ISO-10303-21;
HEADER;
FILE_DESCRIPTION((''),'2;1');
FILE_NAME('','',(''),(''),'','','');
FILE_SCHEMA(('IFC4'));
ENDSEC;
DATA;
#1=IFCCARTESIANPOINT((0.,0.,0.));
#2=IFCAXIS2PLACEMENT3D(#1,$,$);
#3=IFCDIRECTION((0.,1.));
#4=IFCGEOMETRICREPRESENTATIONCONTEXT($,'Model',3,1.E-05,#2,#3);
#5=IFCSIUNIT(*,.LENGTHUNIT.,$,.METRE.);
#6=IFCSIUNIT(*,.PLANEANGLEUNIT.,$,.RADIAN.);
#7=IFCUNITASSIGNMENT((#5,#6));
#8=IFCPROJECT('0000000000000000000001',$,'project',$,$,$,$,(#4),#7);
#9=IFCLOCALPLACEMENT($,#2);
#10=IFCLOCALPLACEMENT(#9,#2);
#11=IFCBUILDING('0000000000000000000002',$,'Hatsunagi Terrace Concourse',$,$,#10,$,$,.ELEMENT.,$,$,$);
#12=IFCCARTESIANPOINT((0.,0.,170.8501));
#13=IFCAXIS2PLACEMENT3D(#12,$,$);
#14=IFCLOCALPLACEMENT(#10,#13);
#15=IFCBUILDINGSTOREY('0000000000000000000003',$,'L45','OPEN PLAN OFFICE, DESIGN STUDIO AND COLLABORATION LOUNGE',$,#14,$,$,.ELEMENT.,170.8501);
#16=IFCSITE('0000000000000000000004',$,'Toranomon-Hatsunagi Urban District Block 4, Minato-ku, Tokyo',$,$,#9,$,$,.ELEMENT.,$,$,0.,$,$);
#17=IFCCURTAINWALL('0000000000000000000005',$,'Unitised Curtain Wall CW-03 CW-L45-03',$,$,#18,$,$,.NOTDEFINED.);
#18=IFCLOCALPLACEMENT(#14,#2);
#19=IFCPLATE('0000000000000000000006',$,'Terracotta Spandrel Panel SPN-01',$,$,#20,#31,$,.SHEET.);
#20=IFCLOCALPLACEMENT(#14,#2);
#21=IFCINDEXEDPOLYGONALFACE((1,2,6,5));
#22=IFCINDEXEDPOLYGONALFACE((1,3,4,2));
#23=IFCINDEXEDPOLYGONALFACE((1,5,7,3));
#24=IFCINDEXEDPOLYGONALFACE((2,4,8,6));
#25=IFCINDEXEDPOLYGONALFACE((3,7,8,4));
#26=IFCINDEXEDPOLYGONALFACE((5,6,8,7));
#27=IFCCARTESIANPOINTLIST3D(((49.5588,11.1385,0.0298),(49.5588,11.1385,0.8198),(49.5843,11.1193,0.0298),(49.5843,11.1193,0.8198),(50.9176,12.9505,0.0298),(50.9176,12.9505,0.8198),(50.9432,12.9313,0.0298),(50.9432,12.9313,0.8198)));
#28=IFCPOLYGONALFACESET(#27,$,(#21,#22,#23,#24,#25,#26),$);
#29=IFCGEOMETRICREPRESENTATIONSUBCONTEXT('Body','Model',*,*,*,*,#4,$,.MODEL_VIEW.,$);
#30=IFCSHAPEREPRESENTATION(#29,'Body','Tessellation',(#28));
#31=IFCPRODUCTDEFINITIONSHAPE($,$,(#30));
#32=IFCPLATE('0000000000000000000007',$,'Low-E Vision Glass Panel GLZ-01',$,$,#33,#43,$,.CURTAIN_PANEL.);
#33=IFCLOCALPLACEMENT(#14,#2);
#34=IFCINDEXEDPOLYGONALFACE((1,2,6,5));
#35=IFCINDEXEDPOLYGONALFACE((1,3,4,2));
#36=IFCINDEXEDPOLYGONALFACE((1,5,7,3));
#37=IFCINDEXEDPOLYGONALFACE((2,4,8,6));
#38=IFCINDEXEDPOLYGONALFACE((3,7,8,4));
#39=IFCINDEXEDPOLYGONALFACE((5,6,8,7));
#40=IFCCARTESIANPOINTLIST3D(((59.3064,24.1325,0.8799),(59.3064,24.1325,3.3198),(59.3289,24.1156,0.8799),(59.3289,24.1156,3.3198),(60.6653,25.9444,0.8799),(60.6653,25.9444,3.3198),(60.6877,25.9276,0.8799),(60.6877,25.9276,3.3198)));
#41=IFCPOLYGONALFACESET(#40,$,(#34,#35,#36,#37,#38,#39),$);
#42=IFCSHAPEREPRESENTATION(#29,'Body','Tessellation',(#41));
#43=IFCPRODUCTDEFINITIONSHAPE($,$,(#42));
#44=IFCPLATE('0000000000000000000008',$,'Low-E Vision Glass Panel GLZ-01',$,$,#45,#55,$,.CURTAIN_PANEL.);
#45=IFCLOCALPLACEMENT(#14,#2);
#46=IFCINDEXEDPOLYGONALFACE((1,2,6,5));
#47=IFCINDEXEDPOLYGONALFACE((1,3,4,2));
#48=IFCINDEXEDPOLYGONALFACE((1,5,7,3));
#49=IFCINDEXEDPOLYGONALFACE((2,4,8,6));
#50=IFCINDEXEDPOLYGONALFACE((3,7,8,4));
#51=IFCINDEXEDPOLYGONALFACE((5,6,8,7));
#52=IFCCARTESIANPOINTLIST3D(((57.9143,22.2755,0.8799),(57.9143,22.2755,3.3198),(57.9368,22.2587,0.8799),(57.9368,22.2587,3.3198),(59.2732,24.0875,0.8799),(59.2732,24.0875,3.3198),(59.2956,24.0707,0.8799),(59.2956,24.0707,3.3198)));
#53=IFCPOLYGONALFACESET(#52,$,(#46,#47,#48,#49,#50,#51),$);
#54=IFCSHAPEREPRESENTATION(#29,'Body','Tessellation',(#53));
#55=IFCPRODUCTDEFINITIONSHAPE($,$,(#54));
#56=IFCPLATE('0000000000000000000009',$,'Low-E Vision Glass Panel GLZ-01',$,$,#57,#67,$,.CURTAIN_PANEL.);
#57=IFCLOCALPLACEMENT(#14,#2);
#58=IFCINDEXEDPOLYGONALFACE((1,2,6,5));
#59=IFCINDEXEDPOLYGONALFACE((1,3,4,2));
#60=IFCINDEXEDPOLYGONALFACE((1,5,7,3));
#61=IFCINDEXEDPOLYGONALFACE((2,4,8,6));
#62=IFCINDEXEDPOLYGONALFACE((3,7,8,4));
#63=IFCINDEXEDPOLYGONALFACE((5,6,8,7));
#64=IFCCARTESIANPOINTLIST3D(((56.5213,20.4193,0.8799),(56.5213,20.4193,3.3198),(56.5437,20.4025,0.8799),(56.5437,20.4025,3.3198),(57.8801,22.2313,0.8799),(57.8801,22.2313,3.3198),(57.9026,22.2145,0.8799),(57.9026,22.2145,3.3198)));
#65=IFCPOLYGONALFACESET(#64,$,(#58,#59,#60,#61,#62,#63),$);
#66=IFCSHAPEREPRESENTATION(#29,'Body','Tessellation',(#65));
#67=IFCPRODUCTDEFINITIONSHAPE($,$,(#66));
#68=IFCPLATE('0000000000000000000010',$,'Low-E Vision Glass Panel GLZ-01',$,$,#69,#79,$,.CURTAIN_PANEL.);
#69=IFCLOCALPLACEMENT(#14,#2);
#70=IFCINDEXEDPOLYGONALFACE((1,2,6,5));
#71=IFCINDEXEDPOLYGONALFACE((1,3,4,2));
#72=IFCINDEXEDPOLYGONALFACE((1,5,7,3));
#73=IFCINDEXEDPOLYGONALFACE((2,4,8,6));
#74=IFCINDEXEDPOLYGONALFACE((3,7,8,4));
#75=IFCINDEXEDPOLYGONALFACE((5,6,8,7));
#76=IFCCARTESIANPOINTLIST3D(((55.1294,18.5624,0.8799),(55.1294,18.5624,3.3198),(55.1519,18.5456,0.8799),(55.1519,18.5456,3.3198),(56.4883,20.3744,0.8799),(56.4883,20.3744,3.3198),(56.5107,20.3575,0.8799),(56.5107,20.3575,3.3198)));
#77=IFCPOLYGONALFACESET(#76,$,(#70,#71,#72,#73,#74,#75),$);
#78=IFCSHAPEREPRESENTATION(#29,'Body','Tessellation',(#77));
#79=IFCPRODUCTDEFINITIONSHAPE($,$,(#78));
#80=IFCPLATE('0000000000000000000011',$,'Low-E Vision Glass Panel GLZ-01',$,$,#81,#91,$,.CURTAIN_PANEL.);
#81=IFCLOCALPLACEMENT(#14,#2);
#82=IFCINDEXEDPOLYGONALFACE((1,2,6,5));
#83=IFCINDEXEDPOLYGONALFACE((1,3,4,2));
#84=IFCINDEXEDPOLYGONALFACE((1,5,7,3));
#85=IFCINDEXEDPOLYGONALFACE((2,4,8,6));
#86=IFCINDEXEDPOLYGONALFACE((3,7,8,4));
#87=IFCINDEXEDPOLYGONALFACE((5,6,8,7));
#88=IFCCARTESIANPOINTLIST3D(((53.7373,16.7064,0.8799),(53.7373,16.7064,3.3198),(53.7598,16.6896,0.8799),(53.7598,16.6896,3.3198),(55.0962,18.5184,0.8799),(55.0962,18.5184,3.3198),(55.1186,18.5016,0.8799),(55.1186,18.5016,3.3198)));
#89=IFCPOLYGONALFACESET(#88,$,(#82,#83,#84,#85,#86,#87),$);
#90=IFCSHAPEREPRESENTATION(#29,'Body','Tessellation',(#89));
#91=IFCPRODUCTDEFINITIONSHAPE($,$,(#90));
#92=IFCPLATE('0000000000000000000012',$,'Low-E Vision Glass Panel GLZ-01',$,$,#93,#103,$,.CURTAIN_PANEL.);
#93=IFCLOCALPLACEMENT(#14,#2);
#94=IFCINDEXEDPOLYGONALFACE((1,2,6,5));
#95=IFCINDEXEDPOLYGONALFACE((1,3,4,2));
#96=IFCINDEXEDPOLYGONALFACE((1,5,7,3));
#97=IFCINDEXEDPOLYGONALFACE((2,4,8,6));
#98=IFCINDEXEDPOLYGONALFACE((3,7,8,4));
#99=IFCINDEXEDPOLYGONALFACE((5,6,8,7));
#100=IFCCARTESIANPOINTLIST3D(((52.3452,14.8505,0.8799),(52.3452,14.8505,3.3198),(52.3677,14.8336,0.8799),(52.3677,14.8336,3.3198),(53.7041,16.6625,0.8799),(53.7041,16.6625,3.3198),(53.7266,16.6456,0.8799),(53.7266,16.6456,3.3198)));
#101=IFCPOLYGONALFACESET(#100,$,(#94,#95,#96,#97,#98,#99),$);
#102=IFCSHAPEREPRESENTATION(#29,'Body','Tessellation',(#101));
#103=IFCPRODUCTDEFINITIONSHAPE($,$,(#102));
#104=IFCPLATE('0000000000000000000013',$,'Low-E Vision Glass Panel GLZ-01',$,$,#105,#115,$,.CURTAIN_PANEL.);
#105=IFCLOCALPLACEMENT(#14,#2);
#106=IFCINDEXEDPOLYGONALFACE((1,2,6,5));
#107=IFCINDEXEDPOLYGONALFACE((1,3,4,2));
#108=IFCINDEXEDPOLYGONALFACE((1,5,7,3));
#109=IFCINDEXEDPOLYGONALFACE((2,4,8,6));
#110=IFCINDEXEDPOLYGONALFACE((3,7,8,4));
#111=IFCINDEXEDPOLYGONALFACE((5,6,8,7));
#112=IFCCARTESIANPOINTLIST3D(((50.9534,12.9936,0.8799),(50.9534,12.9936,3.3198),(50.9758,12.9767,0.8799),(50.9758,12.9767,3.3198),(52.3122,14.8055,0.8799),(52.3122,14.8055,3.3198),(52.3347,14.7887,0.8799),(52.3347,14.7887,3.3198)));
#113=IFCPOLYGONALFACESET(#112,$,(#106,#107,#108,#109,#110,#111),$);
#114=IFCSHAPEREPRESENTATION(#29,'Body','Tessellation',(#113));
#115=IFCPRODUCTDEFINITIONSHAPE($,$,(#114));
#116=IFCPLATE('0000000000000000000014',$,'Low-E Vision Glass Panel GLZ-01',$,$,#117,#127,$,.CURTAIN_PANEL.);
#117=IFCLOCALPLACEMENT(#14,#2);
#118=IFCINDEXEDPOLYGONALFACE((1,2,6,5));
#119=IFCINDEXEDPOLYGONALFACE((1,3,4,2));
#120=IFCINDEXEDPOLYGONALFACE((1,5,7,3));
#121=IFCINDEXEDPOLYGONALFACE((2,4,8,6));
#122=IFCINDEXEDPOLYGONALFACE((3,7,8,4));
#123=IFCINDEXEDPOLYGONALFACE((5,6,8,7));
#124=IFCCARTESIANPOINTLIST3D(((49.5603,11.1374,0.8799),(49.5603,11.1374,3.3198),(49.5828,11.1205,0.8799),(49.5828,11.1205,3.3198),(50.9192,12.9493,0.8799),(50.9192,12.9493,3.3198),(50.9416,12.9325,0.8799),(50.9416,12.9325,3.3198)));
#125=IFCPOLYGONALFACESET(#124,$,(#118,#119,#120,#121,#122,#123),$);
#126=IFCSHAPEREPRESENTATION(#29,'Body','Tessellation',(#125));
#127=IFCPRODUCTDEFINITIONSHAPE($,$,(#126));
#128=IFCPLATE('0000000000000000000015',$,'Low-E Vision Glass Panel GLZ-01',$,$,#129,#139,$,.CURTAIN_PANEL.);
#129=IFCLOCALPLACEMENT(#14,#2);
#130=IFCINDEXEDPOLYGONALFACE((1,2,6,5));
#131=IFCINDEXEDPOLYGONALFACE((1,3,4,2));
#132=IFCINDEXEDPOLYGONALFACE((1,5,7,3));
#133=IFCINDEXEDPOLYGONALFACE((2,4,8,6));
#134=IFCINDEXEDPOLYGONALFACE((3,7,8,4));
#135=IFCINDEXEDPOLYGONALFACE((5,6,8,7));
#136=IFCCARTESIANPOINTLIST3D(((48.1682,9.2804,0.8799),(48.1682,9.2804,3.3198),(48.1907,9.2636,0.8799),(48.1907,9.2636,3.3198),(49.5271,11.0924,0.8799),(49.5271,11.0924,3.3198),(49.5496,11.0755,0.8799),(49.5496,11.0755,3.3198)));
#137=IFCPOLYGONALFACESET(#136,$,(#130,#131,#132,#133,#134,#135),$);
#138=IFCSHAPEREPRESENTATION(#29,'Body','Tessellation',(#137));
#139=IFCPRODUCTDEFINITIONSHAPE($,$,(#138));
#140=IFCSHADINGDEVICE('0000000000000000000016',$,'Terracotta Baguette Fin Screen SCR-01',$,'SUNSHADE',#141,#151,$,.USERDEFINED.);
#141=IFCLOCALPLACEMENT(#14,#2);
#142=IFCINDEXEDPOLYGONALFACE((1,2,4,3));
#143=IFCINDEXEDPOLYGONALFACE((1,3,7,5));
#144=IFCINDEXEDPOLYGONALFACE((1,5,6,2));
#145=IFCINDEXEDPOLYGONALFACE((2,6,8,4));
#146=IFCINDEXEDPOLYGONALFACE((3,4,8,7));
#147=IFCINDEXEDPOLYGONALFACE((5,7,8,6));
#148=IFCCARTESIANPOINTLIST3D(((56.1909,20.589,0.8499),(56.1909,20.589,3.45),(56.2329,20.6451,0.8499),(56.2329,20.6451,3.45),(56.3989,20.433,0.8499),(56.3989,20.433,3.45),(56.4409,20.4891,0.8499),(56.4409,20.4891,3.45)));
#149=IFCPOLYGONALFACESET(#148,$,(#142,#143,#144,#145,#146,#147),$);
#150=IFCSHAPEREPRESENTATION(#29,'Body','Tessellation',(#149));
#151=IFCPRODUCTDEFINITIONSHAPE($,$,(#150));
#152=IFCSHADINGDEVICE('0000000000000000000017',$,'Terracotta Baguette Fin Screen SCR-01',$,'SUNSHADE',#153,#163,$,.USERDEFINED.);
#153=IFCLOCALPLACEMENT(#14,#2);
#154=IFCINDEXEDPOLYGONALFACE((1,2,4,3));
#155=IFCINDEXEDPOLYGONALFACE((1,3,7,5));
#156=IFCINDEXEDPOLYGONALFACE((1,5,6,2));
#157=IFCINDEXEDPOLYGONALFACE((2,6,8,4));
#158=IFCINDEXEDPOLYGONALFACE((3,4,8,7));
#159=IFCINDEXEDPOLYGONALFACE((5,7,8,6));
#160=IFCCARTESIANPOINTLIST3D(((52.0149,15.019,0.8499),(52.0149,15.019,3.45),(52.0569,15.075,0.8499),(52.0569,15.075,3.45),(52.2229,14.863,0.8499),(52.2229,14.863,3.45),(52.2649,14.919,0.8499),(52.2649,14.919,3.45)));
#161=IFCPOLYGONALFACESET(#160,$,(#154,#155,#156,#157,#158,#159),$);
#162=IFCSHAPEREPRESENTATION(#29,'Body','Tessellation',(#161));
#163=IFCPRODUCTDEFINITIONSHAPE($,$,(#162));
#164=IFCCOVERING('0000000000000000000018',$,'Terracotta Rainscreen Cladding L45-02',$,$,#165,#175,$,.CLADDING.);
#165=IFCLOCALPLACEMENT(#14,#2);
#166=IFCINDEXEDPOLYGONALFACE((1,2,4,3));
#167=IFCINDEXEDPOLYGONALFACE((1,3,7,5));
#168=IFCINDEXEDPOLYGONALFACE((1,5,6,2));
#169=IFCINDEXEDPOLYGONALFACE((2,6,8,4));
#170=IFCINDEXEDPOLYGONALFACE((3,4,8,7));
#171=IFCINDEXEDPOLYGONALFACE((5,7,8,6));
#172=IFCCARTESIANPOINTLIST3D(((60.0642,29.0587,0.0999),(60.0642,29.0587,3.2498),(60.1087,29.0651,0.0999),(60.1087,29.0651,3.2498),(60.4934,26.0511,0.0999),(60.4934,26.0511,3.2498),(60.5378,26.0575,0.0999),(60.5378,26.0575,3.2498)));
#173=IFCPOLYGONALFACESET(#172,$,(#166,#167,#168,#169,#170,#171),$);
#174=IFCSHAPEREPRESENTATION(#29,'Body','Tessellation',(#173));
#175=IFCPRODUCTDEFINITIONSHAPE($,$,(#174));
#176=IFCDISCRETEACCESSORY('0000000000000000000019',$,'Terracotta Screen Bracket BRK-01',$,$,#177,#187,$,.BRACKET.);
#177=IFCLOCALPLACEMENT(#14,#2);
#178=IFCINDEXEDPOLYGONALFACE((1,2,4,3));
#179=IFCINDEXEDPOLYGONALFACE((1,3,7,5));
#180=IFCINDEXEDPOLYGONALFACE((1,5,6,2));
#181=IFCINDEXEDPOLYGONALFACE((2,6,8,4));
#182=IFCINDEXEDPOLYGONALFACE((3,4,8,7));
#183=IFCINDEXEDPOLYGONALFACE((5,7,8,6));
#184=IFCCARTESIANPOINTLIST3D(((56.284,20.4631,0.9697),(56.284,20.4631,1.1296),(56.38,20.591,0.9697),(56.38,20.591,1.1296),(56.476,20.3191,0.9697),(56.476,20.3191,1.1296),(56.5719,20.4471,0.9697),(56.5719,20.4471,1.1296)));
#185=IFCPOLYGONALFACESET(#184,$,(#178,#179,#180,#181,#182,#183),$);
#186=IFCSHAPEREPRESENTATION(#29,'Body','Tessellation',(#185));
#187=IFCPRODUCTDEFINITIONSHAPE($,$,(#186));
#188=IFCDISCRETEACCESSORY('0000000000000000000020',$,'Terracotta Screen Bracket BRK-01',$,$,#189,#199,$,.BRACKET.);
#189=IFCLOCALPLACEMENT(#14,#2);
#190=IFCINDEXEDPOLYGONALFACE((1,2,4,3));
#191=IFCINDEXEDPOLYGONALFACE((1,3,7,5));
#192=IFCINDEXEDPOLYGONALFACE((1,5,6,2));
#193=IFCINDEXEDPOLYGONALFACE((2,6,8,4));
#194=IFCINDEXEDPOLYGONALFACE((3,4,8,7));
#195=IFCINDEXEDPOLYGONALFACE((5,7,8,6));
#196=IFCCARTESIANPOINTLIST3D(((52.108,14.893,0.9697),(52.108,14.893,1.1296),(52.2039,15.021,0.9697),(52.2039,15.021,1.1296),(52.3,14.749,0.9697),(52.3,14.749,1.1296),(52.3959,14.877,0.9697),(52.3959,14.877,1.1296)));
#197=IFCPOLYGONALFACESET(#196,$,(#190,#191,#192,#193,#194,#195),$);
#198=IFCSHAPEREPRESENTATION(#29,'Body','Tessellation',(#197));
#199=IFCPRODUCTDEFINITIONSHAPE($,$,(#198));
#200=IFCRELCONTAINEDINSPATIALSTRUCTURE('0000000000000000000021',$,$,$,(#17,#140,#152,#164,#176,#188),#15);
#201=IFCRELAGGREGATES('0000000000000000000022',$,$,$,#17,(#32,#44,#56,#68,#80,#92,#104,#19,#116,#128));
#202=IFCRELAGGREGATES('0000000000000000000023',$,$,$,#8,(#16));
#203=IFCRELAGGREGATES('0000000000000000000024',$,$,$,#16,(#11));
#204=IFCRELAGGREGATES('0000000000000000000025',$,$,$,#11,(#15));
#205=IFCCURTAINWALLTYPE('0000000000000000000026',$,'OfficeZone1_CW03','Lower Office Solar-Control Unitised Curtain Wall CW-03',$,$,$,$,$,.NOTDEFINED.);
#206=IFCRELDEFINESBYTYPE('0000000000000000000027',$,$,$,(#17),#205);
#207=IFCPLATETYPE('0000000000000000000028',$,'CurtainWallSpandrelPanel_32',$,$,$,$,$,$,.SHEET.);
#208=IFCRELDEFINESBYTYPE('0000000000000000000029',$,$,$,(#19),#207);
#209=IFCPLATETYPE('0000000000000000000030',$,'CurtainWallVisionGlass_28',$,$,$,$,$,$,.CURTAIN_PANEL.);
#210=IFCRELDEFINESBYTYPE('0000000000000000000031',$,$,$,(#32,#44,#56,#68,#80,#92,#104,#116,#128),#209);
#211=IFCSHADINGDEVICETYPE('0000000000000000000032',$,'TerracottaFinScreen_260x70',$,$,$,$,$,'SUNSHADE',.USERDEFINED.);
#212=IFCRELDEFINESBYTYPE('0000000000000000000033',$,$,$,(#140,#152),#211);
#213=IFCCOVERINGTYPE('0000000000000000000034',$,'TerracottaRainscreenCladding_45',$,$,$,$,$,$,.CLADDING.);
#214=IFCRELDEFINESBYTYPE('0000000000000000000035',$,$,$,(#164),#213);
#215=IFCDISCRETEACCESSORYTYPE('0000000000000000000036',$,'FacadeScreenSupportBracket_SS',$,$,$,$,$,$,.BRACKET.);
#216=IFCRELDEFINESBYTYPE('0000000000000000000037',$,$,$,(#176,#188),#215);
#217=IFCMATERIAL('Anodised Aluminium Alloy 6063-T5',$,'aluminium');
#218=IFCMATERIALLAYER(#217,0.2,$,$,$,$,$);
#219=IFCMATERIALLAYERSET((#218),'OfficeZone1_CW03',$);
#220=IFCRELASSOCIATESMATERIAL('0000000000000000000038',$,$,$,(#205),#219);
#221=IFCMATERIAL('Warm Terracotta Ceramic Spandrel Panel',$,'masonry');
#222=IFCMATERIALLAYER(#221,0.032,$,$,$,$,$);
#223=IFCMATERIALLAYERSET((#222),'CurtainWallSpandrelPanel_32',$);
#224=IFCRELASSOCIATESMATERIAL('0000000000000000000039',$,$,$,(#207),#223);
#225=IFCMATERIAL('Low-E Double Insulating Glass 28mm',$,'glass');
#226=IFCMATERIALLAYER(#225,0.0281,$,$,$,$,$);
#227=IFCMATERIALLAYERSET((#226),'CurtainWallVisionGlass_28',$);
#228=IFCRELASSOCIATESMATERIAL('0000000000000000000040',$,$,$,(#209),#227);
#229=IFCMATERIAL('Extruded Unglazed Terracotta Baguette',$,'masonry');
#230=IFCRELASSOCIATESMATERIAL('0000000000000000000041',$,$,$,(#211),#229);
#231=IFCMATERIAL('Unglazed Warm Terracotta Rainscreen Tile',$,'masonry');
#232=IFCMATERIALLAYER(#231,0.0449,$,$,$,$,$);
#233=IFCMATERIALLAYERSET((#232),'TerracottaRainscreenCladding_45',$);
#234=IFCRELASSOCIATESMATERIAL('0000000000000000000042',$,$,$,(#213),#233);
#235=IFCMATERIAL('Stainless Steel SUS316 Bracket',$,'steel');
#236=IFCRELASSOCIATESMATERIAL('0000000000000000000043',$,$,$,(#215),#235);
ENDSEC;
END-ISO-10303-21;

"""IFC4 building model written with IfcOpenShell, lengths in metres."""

from ifc_helpers import new_model, si_unit, direction, frame, origin, origin_2d, place, context, subcontext, project, spatial, rectangle, extrude, material, layer, layer_set, type_object, element, aggregate, save


model = new_model("IFC4")

# Units and contexts
model_context = context("Model", 3, precision=1e-05, world=origin(), true_north=direction((0.0, 1.0)))
body_context = subcontext(model_context, "Body", "Model", "MODEL_VIEW")
ifc_project = project(units=[si_unit("LENGTHUNIT", "METRE"), si_unit("PLANEANGLEUNIT", "RADIAN")], contexts=[model_context])

# Site, building, storey
site_placement = place(None, origin())
site = spatial("IfcSite", under=ifc_project, at=site_placement, Name="Toranomon-Hatsunagi Urban District Block 4, Minato-ku, Tokyo", CompositionType="ELEMENT", RefElevation=0.0)
building_placement = place(site_placement, origin())
building = spatial("IfcBuilding", under=site, at=building_placement, Name="Hatsunagi Terrace Concourse", CompositionType="ELEMENT")
storey_placement = place(building_placement, frame((0.0, 0.0, 170.8501)))
storey = spatial("IfcBuildingStorey", under=building, at=storey_placement, Name="L45", Description="OPEN PLAN OFFICE, DESIGN STUDIO AND COLLABORATION LOUNGE", CompositionType="ELEMENT", Elevation=170.8501)

# Curtain wall
ifc_material_1 = material(Name="Anodised Aluminium Alloy 6063-T5", Category="aluminium")
ifc_layer_1 = layer(ifc_material_1, 0.2)
ifc_layer_set_1 = layer_set([ifc_layer_1], Name="OfficeZone1_CW03")
curtain_wall_type = type_object("IfcCurtainWallType", Name="OfficeZone1_CW03", Description="Lower Office Solar-Control Unitised Curtain Wall CW-03", PredefinedType="NOTDEFINED", material=ifc_layer_set_1)
curtain_wall_placement = place(storey_placement, origin())
curtain_wall = element("IfcCurtainWall", 1, at=curtain_wall_placement, inside=storey, type_object=curtain_wall_type, Name="Unitised Curtain Wall CW-03 CW-L45-03", PredefinedType="NOTDEFINED")

# Plates
ifc_material_2 = material(Name="Warm Terracotta Ceramic Spandrel Panel", Category="masonry")
ifc_layer_2 = layer(ifc_material_2, 0.032)
ifc_layer_set_2 = layer_set([ifc_layer_2], Name="CurtainWallSpandrelPanel_32")
plate_type_1 = type_object("IfcPlateType", Name="CurtainWallSpandrelPanel_32", PredefinedType="SHEET", material=ifc_layer_set_2)
plate_1_placement = place(storey_placement, frame((50.251, 12.0349, 0.0298), z_axis=(0.0, 0.0, 1.0), x_axis=(-0.599969, -0.800023, 0.0)))
plate_1 = element("IfcPlate", 2, at=plate_1_placement, type_object=plate_type_1, Name="Terracotta Spandrel Panel SPN-01", PredefinedType="SHEET", context=body_context, shape_type="SweptSolid", body=[
    extrude(rectangle(XDim=2.2649, YDim=0.032, at=origin_2d()), origin(), (0.0, 0.0, 1.0), 0.79),
])
ifc_material_3 = material(Name="Low-E Double Insulating Glass 28mm", Category="glass")
ifc_layer_3 = layer(ifc_material_3, 0.0281)
ifc_layer_set_3 = layer_set([ifc_layer_3], Name="CurtainWallVisionGlass_28")
plate_type_2 = type_object("IfcPlateType", Name="CurtainWallVisionGlass_28", PredefinedType="CURTAIN_PANEL", material=ifc_layer_set_3)
plate_2_placement = place(storey_placement, frame((59.9971, 25.03, 0.8799), z_axis=(0.0, 0.0, 1.0), x_axis=(-0.599969, -0.800023, 0.0)))
plate_2 = element("IfcPlate", 3, at=plate_2_placement, type_object=plate_type_2, Name="Low-E Vision Glass Panel GLZ-01", PredefinedType="CURTAIN_PANEL", context=body_context, shape_type="SweptSolid", body=[
    extrude(rectangle(XDim=2.2649, YDim=0.0281, at=origin_2d()), origin(), (0.0, 0.0, 1.0), 2.4399),
])
plate_3_placement = place(storey_placement, frame((58.605, 23.1731, 0.8799), z_axis=(0.0, 0.0, 1.0), x_axis=(-0.599969, -0.800023, 0.0)))
plate_3 = element("IfcPlate", 4, at=plate_3_placement, type_object=plate_type_2, Name="Low-E Vision Glass Panel GLZ-01", PredefinedType="CURTAIN_PANEL", context=body_context, shape_type="SweptSolid", body=[
    extrude(rectangle(XDim=2.2649, YDim=0.0281, at=origin_2d()), origin(), (0.0, 0.0, 1.0), 2.4399),
])
plate_4_placement = place(storey_placement, frame((57.2119, 21.3169, 0.8799), z_axis=(0.0, 0.0, 1.0), x_axis=(-0.599969, -0.800023, 0.0)))
plate_4 = element("IfcPlate", 5, at=plate_4_placement, type_object=plate_type_2, Name="Low-E Vision Glass Panel GLZ-01", PredefinedType="CURTAIN_PANEL", context=body_context, shape_type="SweptSolid", body=[
    extrude(rectangle(XDim=2.2649, YDim=0.0281, at=origin_2d()), origin(), (0.0, 0.0, 1.0), 2.4399),
])
plate_5_placement = place(storey_placement, frame((55.8201, 19.46, 0.8799), z_axis=(0.0, 0.0, 1.0), x_axis=(-0.599969, -0.800023, 0.0)))
plate_5 = element("IfcPlate", 6, at=plate_5_placement, type_object=plate_type_2, Name="Low-E Vision Glass Panel GLZ-01", PredefinedType="CURTAIN_PANEL", context=body_context, shape_type="SweptSolid", body=[
    extrude(rectangle(XDim=2.2649, YDim=0.0281, at=origin_2d()), origin(), (0.0, 0.0, 1.0), 2.4399),
])
plate_6_placement = place(storey_placement, frame((54.428, 17.604, 0.8799), z_axis=(0.0, 0.0, 1.0), x_axis=(-0.599969, -0.800023, 0.0)))
plate_6 = element("IfcPlate", 7, at=plate_6_placement, type_object=plate_type_2, Name="Low-E Vision Glass Panel GLZ-01", PredefinedType="CURTAIN_PANEL", context=body_context, shape_type="SweptSolid", body=[
    extrude(rectangle(XDim=2.2649, YDim=0.0281, at=origin_2d()), origin(), (0.0, 0.0, 1.0), 2.4399),
])
plate_7_placement = place(storey_placement, frame((53.0359, 15.748, 0.8799), z_axis=(0.0, 0.0, 1.0), x_axis=(-0.599969, -0.800023, 0.0)))
plate_7 = element("IfcPlate", 8, at=plate_7_placement, type_object=plate_type_2, Name="Low-E Vision Glass Panel GLZ-01", PredefinedType="CURTAIN_PANEL", context=body_context, shape_type="SweptSolid", body=[
    extrude(rectangle(XDim=2.2649, YDim=0.0281, at=origin_2d()), origin(), (0.0, 0.0, 1.0), 2.4399),
])
plate_8_placement = place(storey_placement, frame((51.644, 13.8911, 0.8799), z_axis=(0.0, 0.0, 1.0), x_axis=(-0.599969, -0.800023, 0.0)))
plate_8 = element("IfcPlate", 9, at=plate_8_placement, type_object=plate_type_2, Name="Low-E Vision Glass Panel GLZ-01", PredefinedType="CURTAIN_PANEL", context=body_context, shape_type="SweptSolid", body=[
    extrude(rectangle(XDim=2.2649, YDim=0.0281, at=origin_2d()), origin(), (0.0, 0.0, 1.0), 2.4399),
])
plate_9_placement = place(storey_placement, frame((50.251, 12.0349, 0.8799), z_axis=(0.0, 0.0, 1.0), x_axis=(-0.599969, -0.800023, 0.0)))
plate_9 = element("IfcPlate", 10, at=plate_9_placement, type_object=plate_type_2, Name="Low-E Vision Glass Panel GLZ-01", PredefinedType="CURTAIN_PANEL", context=body_context, shape_type="SweptSolid", body=[
    extrude(rectangle(XDim=2.2649, YDim=0.0281, at=origin_2d()), origin(), (0.0, 0.0, 1.0), 2.4399),
])
plate_10_placement = place(storey_placement, frame((48.8589, 10.178, 0.8799), z_axis=(0.0, 0.0, 1.0), x_axis=(-0.599969, -0.800023, 0.0)))
plate_10 = element("IfcPlate", 11, at=plate_10_placement, type_object=plate_type_2, Name="Low-E Vision Glass Panel GLZ-01", PredefinedType="CURTAIN_PANEL", context=body_context, shape_type="SweptSolid", body=[
    extrude(rectangle(XDim=2.2649, YDim=0.0281, at=origin_2d()), origin(), (0.0, 0.0, 1.0), 2.4399),
])
aggregate(curtain_wall, [plate_2, plate_3, plate_4, plate_5, plate_6, plate_7, plate_8, plate_1, plate_9, plate_10])

# Shading devices
ifc_material_4 = material(Name="Extruded Unglazed Terracotta Baguette", Category="masonry")
shading_device_type = type_object("IfcShadingDeviceType", Name="TerracottaFinScreen_260x70", ElementType="SUNSHADE", PredefinedType="USERDEFINED", material=ifc_material_4)
for number, where, z_axis, x_axis, name in (
    (12, (56.3159, 20.5391, 0.8499), (0.0, 0.0, 1.0), (-0.599969, -0.800023, 0.0), "Terracotta Baguette Fin Screen SCR-01"),
    (13, (52.1399, 14.969, 0.8499), (0.0, 0.0, 1.0), (-0.599969, -0.800023, 0.0), "Terracotta Baguette Fin Screen SCR-01"),
):
    element("IfcShadingDevice", number, at=place(storey_placement, frame(where, z_axis=z_axis, x_axis=x_axis)), inside=storey, type_object=shading_device_type, Name=name, ObjectType="SUNSHADE", PredefinedType="USERDEFINED", context=body_context, shape_type="SweptSolid", body=[
        extrude(rectangle(XDim=0.0701, YDim=0.26, at=origin_2d()), origin(), (0.0, 0.0, 1.0), 2.6001),
    ])

# Covering
ifc_material_5 = material(Name="Unglazed Warm Terracotta Rainscreen Tile", Category="masonry")
ifc_layer_4 = layer(ifc_material_5, 0.0449)
ifc_layer_set_4 = layer_set([ifc_layer_4], Name="TerracottaRainscreenCladding_45")
covering_type = type_object("IfcCoveringType", Name="TerracottaRainscreenCladding_45", PredefinedType="CLADDING", material=ifc_layer_set_4)
covering_placement = place(storey_placement, frame((60.301, 27.5581, 0.0999), z_axis=(0.0, 0.0, 1.0), x_axis=(0.14125, -0.989974, 0.0)))
element("IfcCovering", 14, at=covering_placement, inside=storey, type_object=covering_type, Name="Terracotta Rainscreen Cladding L45-02", PredefinedType="CLADDING", context=body_context, shape_type="SweptSolid", body=[
    extrude(rectangle(XDim=3.0381, YDim=0.0449, at=origin_2d()), origin(), (0.0, 0.0, 1.0), 3.1499),
])

# Discrete accessories
ifc_material_6 = material(Name="Stainless Steel SUS316 Bracket", Category="steel")
discrete_accessory_type = type_object("IfcDiscreteAccessoryType", Name="FacadeScreenSupportBracket_SS", PredefinedType="BRACKET", material=ifc_material_6)
for number, where, z_axis, x_axis, name in (
    (15, (56.428, 20.4551, 0.9697), (0.0, 0.0, 1.0), (-0.599969, -0.800023, 0.0), "Terracotta Screen Bracket BRK-01"),
    (16, (52.252, 14.885, 0.9697), (0.0, 0.0, 1.0), (-0.599969, -0.800023, 0.0), "Terracotta Screen Bracket BRK-01"),
):
    element("IfcDiscreteAccessory", number, at=place(storey_placement, frame(where, z_axis=z_axis, x_axis=x_axis)), inside=storey, type_object=discrete_accessory_type, Name=name, PredefinedType="BRACKET", context=body_context, shape_type="SweptSolid", body=[
        extrude(rectangle(XDim=0.1599, YDim=0.24, at=origin_2d()), origin(), (0.0, 0.0, 1.0), 0.1599),
    ])

save(model, "model.ifc")
